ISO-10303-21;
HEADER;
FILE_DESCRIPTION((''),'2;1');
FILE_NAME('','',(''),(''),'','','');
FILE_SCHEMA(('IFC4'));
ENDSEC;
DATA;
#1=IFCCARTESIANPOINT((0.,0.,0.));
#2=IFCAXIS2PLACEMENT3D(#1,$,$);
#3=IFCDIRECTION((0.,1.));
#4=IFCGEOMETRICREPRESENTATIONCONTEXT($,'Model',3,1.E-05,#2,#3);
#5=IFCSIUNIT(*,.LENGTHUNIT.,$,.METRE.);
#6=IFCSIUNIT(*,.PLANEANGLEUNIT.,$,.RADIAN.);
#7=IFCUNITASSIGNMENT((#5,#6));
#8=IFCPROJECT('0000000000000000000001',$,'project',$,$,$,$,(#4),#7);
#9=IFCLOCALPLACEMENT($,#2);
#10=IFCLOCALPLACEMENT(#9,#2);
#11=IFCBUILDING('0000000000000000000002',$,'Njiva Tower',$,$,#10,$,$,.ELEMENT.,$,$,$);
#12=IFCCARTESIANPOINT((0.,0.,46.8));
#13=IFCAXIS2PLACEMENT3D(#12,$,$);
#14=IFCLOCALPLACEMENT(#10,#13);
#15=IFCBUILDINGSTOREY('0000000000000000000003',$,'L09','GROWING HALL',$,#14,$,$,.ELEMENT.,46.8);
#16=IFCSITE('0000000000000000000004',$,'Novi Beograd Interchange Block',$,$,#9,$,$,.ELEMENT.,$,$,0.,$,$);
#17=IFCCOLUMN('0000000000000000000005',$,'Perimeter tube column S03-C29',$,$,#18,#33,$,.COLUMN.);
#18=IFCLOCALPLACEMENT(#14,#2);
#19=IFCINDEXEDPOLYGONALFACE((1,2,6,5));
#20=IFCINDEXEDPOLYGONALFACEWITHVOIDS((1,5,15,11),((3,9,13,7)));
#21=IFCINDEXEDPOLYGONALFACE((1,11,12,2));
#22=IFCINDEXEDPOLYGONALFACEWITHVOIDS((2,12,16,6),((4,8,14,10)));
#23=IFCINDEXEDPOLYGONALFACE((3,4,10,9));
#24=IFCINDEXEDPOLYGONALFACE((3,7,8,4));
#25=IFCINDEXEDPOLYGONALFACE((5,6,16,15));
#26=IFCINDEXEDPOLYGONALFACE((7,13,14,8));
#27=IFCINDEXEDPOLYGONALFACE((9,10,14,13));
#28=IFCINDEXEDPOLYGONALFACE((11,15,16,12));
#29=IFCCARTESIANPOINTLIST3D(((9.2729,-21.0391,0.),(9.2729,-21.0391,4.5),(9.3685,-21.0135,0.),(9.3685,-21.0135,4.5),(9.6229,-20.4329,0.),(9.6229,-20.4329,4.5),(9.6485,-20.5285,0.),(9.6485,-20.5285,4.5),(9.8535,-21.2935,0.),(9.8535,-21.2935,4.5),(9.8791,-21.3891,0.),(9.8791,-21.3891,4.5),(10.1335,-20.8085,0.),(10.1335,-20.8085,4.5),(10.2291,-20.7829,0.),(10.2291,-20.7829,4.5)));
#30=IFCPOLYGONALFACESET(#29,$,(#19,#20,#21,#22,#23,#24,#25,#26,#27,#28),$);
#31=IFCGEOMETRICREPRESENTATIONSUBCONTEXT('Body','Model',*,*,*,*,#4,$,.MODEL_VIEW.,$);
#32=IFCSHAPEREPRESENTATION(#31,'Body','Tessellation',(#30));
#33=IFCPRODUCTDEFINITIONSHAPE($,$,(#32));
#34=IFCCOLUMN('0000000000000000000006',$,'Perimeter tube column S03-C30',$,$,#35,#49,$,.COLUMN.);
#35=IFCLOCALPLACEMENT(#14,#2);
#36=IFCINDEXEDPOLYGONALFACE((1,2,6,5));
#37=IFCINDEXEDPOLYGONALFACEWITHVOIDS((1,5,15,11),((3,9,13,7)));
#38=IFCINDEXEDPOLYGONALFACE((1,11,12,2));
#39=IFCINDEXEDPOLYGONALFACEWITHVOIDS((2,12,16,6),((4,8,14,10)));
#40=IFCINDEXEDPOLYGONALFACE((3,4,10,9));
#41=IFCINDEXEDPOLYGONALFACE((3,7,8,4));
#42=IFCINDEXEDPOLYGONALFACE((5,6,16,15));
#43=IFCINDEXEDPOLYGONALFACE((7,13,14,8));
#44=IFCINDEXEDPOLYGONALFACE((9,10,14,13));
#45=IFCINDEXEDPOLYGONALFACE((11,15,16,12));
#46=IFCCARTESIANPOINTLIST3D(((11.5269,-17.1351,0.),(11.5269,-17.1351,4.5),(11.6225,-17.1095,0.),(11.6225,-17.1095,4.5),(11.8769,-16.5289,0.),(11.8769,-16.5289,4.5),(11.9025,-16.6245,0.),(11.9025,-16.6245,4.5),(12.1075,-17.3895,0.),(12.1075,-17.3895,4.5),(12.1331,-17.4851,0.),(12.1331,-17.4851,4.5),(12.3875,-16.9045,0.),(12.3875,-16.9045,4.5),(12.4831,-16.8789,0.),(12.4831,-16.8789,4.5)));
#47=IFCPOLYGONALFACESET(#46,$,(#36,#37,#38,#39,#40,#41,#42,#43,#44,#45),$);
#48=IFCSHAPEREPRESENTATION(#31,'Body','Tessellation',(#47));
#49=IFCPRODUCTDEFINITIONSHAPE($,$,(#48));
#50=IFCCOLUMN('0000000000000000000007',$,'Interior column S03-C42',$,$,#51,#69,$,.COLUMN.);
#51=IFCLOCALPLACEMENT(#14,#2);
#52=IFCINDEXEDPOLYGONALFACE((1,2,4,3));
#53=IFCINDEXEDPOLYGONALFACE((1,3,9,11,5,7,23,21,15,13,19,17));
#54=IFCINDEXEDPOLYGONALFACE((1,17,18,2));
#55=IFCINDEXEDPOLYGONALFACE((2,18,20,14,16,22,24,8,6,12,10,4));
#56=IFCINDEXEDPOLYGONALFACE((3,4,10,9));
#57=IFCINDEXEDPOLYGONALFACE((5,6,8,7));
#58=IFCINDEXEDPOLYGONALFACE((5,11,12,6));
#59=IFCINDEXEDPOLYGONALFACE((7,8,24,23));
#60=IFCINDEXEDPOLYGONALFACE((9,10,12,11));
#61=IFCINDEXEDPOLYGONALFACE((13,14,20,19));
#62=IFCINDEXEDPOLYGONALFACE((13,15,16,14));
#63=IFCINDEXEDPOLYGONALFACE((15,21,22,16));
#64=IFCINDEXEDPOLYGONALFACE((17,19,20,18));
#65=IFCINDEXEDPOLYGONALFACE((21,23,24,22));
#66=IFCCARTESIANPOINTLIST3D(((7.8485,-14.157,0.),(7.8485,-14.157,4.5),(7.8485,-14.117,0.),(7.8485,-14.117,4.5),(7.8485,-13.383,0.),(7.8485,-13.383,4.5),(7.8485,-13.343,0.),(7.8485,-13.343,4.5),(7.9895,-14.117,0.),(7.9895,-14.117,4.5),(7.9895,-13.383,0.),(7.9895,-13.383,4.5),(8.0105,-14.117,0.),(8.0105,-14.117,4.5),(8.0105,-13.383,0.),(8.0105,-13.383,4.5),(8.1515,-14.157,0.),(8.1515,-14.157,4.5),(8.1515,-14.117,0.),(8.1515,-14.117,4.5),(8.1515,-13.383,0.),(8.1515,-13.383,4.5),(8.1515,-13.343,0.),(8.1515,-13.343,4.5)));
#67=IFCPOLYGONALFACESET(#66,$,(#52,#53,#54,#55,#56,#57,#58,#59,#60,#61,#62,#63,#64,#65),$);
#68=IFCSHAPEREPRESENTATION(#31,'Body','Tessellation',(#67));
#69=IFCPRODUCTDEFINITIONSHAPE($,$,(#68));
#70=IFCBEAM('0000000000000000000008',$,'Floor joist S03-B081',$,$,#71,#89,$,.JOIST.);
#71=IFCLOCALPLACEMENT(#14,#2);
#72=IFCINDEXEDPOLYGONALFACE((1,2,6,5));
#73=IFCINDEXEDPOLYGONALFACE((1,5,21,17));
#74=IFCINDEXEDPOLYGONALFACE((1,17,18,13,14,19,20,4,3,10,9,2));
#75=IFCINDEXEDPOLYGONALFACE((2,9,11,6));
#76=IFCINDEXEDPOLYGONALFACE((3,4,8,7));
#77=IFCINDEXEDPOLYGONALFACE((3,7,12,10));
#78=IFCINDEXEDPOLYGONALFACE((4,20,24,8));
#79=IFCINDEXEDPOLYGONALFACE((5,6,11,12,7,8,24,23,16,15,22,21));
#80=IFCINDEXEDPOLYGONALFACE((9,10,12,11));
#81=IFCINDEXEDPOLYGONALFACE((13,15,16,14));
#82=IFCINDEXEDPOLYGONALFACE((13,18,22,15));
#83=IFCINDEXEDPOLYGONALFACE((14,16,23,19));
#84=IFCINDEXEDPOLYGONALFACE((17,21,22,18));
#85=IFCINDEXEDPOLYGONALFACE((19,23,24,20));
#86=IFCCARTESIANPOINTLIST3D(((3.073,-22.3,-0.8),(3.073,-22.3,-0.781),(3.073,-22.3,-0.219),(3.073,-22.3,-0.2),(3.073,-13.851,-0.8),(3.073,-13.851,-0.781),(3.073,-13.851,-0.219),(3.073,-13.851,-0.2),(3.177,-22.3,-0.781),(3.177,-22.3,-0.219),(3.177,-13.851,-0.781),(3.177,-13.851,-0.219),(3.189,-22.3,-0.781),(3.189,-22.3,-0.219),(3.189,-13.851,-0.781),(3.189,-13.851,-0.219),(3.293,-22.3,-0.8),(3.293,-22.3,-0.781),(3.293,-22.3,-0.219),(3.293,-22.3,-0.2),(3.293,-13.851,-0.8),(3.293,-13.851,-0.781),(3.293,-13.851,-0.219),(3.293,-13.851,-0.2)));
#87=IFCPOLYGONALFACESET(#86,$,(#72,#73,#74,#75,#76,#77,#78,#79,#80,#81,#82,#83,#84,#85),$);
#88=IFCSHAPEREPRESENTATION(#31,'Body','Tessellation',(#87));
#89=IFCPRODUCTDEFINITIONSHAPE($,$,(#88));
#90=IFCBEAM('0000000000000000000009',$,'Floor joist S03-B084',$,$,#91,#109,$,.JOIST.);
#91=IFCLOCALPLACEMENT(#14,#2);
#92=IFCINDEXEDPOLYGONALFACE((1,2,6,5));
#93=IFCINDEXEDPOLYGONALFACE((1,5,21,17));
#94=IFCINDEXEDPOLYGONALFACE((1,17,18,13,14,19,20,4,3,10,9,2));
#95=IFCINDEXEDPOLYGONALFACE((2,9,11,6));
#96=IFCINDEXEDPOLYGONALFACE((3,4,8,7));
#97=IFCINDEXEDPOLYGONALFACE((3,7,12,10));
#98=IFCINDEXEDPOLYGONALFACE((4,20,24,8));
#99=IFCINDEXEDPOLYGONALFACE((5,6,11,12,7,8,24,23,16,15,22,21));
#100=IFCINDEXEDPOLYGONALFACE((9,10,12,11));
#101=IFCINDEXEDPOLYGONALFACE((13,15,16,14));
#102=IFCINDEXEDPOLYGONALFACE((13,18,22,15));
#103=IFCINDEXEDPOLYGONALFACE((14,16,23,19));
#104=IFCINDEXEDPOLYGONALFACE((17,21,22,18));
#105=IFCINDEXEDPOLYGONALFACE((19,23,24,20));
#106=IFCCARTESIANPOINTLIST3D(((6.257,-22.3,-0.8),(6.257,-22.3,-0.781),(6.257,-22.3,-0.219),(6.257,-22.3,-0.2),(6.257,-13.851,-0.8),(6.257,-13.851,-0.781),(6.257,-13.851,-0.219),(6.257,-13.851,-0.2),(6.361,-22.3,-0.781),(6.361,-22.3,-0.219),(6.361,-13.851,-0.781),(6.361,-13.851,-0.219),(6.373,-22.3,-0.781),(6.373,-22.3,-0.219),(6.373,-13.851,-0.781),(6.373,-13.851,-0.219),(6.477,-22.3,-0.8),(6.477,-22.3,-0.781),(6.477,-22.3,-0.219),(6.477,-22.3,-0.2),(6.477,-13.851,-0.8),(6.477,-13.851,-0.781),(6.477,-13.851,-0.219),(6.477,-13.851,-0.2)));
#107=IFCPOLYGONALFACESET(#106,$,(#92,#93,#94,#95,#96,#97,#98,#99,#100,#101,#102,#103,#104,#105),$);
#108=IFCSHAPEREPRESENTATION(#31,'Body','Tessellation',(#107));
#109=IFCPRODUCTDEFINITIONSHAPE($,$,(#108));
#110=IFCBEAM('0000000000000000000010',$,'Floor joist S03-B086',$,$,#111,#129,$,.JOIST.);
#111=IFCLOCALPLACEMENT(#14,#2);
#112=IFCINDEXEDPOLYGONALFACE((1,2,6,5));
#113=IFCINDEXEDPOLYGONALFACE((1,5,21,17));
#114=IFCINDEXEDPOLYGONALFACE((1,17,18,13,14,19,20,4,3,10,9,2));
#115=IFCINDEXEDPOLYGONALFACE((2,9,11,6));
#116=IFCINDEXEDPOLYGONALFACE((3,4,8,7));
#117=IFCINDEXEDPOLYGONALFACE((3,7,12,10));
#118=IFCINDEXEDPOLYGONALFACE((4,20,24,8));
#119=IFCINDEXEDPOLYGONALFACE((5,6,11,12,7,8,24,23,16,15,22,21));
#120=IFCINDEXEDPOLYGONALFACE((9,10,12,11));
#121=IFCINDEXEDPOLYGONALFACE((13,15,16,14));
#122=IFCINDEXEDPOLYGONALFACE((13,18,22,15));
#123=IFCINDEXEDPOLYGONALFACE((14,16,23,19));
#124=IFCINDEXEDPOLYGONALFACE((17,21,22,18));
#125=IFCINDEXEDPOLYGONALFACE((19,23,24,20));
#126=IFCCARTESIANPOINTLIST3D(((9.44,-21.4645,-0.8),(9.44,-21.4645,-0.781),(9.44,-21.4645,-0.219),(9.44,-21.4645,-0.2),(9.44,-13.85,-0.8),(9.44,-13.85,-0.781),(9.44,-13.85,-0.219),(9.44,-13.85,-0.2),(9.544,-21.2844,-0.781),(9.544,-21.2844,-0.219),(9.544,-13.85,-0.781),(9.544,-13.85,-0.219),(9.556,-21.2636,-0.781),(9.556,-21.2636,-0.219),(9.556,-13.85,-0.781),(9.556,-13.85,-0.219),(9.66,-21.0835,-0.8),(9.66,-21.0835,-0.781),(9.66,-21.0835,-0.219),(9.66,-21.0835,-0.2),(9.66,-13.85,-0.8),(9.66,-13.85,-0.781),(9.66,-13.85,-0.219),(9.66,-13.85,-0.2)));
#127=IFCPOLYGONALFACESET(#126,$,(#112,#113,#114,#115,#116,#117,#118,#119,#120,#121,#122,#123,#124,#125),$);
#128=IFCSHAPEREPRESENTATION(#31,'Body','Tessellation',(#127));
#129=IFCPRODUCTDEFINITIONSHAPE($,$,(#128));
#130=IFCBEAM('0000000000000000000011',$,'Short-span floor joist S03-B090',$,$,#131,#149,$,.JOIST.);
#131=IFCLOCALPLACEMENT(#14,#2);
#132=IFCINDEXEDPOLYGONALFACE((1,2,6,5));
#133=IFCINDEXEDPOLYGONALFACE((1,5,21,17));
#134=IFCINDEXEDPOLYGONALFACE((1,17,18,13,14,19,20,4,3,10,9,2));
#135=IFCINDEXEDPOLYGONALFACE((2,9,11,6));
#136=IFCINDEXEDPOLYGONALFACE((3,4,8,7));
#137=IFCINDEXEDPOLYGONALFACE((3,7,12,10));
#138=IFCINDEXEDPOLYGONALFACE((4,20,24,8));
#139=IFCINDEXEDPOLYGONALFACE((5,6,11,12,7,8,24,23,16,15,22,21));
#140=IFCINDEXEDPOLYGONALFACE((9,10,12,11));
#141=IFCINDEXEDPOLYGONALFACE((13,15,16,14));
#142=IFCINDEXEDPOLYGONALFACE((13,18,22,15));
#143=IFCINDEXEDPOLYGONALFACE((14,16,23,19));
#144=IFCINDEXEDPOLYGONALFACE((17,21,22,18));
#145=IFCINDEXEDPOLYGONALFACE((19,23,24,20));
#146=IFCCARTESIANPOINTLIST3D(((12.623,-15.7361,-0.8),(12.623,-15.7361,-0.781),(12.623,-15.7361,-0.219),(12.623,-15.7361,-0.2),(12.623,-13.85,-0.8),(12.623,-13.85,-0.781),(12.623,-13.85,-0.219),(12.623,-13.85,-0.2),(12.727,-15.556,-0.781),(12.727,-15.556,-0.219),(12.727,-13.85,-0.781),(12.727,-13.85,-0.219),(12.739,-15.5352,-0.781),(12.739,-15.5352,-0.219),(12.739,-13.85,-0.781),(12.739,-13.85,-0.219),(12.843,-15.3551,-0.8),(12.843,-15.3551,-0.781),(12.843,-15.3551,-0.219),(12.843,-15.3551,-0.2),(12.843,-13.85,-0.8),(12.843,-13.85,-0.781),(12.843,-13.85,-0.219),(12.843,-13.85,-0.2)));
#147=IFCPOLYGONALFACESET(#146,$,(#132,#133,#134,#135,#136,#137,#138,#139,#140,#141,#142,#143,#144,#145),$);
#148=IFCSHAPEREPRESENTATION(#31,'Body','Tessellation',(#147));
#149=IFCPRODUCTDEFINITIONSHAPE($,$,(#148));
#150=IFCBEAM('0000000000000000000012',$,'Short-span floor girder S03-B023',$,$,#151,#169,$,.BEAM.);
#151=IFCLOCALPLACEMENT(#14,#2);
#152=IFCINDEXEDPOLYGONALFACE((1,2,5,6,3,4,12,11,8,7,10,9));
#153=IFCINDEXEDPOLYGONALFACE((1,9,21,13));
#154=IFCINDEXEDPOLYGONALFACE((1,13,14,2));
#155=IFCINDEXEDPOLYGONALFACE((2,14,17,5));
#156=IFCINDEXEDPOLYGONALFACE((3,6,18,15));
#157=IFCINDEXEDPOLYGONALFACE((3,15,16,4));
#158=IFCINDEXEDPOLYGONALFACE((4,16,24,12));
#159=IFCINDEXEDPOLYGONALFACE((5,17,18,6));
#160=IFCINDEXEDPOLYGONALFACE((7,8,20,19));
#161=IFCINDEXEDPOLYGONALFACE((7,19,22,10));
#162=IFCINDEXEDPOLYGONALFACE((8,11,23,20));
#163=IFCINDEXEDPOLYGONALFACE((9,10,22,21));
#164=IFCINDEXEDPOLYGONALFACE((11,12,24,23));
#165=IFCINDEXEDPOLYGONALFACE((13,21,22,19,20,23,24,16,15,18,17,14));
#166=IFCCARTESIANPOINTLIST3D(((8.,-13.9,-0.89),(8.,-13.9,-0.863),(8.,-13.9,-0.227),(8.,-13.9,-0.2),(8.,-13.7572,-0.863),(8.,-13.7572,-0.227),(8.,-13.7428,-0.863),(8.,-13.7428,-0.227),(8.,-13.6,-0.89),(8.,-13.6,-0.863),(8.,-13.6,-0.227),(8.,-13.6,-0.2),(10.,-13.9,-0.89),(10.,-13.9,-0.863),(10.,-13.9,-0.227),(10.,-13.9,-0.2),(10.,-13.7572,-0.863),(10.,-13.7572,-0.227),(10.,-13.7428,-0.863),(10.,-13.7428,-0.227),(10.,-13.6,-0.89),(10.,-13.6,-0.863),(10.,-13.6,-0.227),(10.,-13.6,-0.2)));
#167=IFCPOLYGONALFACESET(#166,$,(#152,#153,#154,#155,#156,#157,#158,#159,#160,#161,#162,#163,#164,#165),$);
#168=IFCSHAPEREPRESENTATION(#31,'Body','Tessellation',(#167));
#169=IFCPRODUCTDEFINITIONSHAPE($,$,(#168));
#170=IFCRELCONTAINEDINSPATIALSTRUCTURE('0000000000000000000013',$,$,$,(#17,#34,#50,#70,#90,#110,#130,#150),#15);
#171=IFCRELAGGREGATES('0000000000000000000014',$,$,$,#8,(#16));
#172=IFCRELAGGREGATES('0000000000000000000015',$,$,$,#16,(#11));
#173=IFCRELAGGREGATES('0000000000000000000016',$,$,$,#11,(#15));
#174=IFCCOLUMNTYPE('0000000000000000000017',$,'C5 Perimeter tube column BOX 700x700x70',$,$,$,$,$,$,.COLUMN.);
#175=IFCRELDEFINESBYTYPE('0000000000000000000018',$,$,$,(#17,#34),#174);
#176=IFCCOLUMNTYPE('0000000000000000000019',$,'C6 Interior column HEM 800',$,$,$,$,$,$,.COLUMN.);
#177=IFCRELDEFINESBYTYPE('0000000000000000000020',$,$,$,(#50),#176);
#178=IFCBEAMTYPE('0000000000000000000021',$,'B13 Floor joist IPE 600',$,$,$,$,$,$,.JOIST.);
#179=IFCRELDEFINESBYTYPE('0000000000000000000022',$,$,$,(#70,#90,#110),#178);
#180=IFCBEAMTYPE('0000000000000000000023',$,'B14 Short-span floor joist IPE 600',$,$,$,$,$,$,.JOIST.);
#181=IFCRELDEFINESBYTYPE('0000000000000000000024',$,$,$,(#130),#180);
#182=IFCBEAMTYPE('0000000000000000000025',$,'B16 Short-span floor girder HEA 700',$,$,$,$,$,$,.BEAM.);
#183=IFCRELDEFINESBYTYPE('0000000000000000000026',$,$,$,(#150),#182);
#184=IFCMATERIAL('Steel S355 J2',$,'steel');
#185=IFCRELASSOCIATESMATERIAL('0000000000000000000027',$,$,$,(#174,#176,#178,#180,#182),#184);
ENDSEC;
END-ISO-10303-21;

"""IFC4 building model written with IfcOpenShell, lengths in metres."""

from ifc_helpers import new_model, si_unit, direction, frame, origin, origin_2d, place, context, subcontext, project, spatial, hollow_rectangle, i_section, extrude, clip, halfspace, material, material_profile, profile_set, type_object, element, save


model = new_model("IFC4")

# Units and contexts
model_context = context("Model", 3, precision=1e-05, world=origin(), true_north=direction((0.0, 1.0)))
body_context = subcontext(model_context, "Body", "Model", "MODEL_VIEW")
ifc_project = project(units=[si_unit("LENGTHUNIT", "METRE"), si_unit("PLANEANGLEUNIT", "RADIAN")], contexts=[model_context])

# Site, building, storey
site_placement = place(None, origin())
site = spatial("IfcSite", under=ifc_project, at=site_placement, Name="Novi Beograd Interchange Block", CompositionType="ELEMENT", RefElevation=0.0)
building_placement = place(site_placement, origin())
building = spatial("IfcBuilding", under=site, at=building_placement, Name="Njiva Tower", CompositionType="ELEMENT")
storey_placement = place(building_placement, frame((0.0, 0.0, 46.8)))
storey = spatial("IfcBuildingStorey", under=building, at=storey_placement, Name="L09", Description="GROWING HALL", CompositionType="ELEMENT", Elevation=46.8)

# Columns
ifc_material_1 = material(Name="Steel S355 J2", Category="steel")
ifc_material_profile_1 = material_profile(ifc_material_1, hollow_rectangle(XDim=0.7, YDim=0.7, WallThickness=0.07, at=origin_2d()), Name="BOX 700x700x70")
ifc_profile_set_1 = profile_set([ifc_material_profile_1], Name="Steel S355 J2")
column_type_1 = type_object("IfcColumnType", Name="C5 Perimeter tube column BOX 700x700x70", PredefinedType="COLUMN", material=ifc_profile_set_1)
for number, where, z_axis, x_axis, name in (
    (1, (9.751, -20.911, 0.0), (0.0, 0.0, 1.0), (0.5, 0.866025, 0.0), "Perimeter tube column S03-C29"),
    (2, (12.005, -17.007, 0.0), (0.0, 0.0, 1.0), (0.5, 0.866025, 0.0), "Perimeter tube column S03-C30"),
):
    element("IfcColumn", number, at=place(storey_placement, frame(where, z_axis=z_axis, x_axis=x_axis)), inside=storey, type_object=column_type_1, Name=name, PredefinedType="COLUMN", context=body_context, shape_type="SweptSolid", body=[
        extrude(hollow_rectangle(XDim=0.7, YDim=0.7, WallThickness=0.07, at=origin_2d()), origin(), (0.0, 0.0, 1.0), 4.5),
    ])
ifc_material_profile_2 = material_profile(ifc_material_1, i_section(OverallWidth=0.303, OverallDepth=0.814, WebThickness=0.021, FlangeThickness=0.04, at=origin_2d()), Name="HEM 800")
ifc_profile_set_2 = profile_set([ifc_material_profile_2], Name="Steel S355 J2")
column_type_2 = type_object("IfcColumnType", Name="C6 Interior column HEM 800", PredefinedType="COLUMN", material=ifc_profile_set_2)
column_placement = place(storey_placement, frame((8.0, -13.75, 0.0), z_axis=(0.0, 0.0, 1.0), x_axis=(1.0, 0.0, 0.0)))
element("IfcColumn", 3, at=column_placement, inside=storey, type_object=column_type_2, Name="Interior column S03-C42", PredefinedType="COLUMN", context=body_context, shape_type="SweptSolid", body=[
    extrude(i_section(OverallWidth=0.303, OverallDepth=0.814, WebThickness=0.021, FlangeThickness=0.04, at=origin_2d()), origin(), (0.0, 0.0, 1.0), 4.5),
])

# Beams
ifc_material_profile_3 = material_profile(ifc_material_1, i_section(OverallWidth=0.22, OverallDepth=0.6, WebThickness=0.012, FlangeThickness=0.019, at=origin_2d()), Name="IPE 600")
ifc_profile_set_3 = profile_set([ifc_material_profile_3], Name="Steel S355 J2")
beam_type_1 = type_object("IfcBeamType", Name="B13 Floor joist IPE 600", PredefinedType="JOIST", material=ifc_profile_set_3)
for number, where, z_axis, x_axis, name in (
    (4, (3.183, -13.851, -0.5), (0.0, -1.0, 0.0), (1.0, 0.0, 0.0), "Floor joist S03-B081"),
    (5, (6.367, -13.851, -0.5), (0.0, -1.0, 0.0), (1.0, 0.0, 0.0), "Floor joist S03-B084"),
):
    element("IfcBeam", number, at=place(storey_placement, frame(where, z_axis=z_axis, x_axis=x_axis)), inside=storey, type_object=beam_type_1, Name=name, PredefinedType="JOIST", context=body_context, shape_type="SweptSolid", body=[
        extrude(i_section(OverallWidth=0.22, OverallDepth=0.6, WebThickness=0.012, FlangeThickness=0.019, at=origin_2d()), origin(), (0.0, 0.0, 1.0), 8.449),
    ])
beam_1_placement = place(storey_placement, frame((9.55, -13.85, -0.5), z_axis=(0.0, -1.0, 0.0), x_axis=(1.0, 0.0, 0.0)))
element("IfcBeam", 6, at=beam_1_placement, inside=storey, type_object=beam_type_1, Name="Floor joist S03-B086", PredefinedType="JOIST", context=body_context, shape_type="Clipping", body=[
    clip(extrude(i_section(OverallWidth=0.22, OverallDepth=0.6, WebThickness=0.012, FlangeThickness=0.019, at=origin_2d()), origin(), (0.0, 0.0, 1.0), 7.635), halfspace(frame((0.0433, 0.0, 7.349), z_axis=(0.866027, 0.0, 0.499998), x_axis=(0.0, 1.0, 0.0)), False)),
])
ifc_material_profile_4 = material_profile(ifc_material_1, i_section(OverallWidth=0.22, OverallDepth=0.6, WebThickness=0.012, FlangeThickness=0.019, at=origin_2d()), Name="IPE 600")
ifc_profile_set_4 = profile_set([ifc_material_profile_4], Name="Steel S355 J2")
beam_type_2 = type_object("IfcBeamType", Name="B14 Short-span floor joist IPE 600", PredefinedType="JOIST", material=ifc_profile_set_4)
beam_2_placement = place(storey_placement, frame((12.733, -13.85, -0.5), z_axis=(0.0, -1.0, 0.0), x_axis=(1.0, 0.0, 0.0)))
element("IfcBeam", 7, at=beam_2_placement, inside=storey, type_object=beam_type_2, Name="Short-span floor joist S03-B090", PredefinedType="JOIST", context=body_context, shape_type="Clipping", body=[
    clip(extrude(i_section(OverallWidth=0.22, OverallDepth=0.6, WebThickness=0.012, FlangeThickness=0.019, at=origin_2d()), origin(), (0.0, 0.0, 1.0), 1.906), halfspace(frame((0.0436, 0.0, 1.6201), z_axis=(0.866027, 0.0, 0.499998), x_axis=(0.0, 1.0, 0.0)), False)),
])
ifc_material_profile_5 = material_profile(ifc_material_1, i_section(OverallWidth=0.3, OverallDepth=0.69, WebThickness=0.0145, FlangeThickness=0.027, at=origin_2d()), Name="HEA 700")
ifc_profile_set_5 = profile_set([ifc_material_profile_5], Name="Steel S355 J2")
beam_type_3 = type_object("IfcBeamType", Name="B16 Short-span floor girder HEA 700", PredefinedType="BEAM", material=ifc_profile_set_5)
beam_3_placement = place(storey_placement, frame((8.0, -13.75, -0.545), z_axis=(1.0, 0.0, 0.0), x_axis=(0.0, 1.0, 0.0)))
element("IfcBeam", 8, at=beam_3_placement, inside=storey, type_object=beam_type_3, Name="Short-span floor girder S03-B023", PredefinedType="BEAM", context=body_context, shape_type="SweptSolid", body=[
    extrude(i_section(OverallWidth=0.3, OverallDepth=0.69, WebThickness=0.0145, FlangeThickness=0.027, at=origin_2d()), origin(), (0.0, 0.0, 1.0), 2.0),
])

save(model, "model.ifc")
